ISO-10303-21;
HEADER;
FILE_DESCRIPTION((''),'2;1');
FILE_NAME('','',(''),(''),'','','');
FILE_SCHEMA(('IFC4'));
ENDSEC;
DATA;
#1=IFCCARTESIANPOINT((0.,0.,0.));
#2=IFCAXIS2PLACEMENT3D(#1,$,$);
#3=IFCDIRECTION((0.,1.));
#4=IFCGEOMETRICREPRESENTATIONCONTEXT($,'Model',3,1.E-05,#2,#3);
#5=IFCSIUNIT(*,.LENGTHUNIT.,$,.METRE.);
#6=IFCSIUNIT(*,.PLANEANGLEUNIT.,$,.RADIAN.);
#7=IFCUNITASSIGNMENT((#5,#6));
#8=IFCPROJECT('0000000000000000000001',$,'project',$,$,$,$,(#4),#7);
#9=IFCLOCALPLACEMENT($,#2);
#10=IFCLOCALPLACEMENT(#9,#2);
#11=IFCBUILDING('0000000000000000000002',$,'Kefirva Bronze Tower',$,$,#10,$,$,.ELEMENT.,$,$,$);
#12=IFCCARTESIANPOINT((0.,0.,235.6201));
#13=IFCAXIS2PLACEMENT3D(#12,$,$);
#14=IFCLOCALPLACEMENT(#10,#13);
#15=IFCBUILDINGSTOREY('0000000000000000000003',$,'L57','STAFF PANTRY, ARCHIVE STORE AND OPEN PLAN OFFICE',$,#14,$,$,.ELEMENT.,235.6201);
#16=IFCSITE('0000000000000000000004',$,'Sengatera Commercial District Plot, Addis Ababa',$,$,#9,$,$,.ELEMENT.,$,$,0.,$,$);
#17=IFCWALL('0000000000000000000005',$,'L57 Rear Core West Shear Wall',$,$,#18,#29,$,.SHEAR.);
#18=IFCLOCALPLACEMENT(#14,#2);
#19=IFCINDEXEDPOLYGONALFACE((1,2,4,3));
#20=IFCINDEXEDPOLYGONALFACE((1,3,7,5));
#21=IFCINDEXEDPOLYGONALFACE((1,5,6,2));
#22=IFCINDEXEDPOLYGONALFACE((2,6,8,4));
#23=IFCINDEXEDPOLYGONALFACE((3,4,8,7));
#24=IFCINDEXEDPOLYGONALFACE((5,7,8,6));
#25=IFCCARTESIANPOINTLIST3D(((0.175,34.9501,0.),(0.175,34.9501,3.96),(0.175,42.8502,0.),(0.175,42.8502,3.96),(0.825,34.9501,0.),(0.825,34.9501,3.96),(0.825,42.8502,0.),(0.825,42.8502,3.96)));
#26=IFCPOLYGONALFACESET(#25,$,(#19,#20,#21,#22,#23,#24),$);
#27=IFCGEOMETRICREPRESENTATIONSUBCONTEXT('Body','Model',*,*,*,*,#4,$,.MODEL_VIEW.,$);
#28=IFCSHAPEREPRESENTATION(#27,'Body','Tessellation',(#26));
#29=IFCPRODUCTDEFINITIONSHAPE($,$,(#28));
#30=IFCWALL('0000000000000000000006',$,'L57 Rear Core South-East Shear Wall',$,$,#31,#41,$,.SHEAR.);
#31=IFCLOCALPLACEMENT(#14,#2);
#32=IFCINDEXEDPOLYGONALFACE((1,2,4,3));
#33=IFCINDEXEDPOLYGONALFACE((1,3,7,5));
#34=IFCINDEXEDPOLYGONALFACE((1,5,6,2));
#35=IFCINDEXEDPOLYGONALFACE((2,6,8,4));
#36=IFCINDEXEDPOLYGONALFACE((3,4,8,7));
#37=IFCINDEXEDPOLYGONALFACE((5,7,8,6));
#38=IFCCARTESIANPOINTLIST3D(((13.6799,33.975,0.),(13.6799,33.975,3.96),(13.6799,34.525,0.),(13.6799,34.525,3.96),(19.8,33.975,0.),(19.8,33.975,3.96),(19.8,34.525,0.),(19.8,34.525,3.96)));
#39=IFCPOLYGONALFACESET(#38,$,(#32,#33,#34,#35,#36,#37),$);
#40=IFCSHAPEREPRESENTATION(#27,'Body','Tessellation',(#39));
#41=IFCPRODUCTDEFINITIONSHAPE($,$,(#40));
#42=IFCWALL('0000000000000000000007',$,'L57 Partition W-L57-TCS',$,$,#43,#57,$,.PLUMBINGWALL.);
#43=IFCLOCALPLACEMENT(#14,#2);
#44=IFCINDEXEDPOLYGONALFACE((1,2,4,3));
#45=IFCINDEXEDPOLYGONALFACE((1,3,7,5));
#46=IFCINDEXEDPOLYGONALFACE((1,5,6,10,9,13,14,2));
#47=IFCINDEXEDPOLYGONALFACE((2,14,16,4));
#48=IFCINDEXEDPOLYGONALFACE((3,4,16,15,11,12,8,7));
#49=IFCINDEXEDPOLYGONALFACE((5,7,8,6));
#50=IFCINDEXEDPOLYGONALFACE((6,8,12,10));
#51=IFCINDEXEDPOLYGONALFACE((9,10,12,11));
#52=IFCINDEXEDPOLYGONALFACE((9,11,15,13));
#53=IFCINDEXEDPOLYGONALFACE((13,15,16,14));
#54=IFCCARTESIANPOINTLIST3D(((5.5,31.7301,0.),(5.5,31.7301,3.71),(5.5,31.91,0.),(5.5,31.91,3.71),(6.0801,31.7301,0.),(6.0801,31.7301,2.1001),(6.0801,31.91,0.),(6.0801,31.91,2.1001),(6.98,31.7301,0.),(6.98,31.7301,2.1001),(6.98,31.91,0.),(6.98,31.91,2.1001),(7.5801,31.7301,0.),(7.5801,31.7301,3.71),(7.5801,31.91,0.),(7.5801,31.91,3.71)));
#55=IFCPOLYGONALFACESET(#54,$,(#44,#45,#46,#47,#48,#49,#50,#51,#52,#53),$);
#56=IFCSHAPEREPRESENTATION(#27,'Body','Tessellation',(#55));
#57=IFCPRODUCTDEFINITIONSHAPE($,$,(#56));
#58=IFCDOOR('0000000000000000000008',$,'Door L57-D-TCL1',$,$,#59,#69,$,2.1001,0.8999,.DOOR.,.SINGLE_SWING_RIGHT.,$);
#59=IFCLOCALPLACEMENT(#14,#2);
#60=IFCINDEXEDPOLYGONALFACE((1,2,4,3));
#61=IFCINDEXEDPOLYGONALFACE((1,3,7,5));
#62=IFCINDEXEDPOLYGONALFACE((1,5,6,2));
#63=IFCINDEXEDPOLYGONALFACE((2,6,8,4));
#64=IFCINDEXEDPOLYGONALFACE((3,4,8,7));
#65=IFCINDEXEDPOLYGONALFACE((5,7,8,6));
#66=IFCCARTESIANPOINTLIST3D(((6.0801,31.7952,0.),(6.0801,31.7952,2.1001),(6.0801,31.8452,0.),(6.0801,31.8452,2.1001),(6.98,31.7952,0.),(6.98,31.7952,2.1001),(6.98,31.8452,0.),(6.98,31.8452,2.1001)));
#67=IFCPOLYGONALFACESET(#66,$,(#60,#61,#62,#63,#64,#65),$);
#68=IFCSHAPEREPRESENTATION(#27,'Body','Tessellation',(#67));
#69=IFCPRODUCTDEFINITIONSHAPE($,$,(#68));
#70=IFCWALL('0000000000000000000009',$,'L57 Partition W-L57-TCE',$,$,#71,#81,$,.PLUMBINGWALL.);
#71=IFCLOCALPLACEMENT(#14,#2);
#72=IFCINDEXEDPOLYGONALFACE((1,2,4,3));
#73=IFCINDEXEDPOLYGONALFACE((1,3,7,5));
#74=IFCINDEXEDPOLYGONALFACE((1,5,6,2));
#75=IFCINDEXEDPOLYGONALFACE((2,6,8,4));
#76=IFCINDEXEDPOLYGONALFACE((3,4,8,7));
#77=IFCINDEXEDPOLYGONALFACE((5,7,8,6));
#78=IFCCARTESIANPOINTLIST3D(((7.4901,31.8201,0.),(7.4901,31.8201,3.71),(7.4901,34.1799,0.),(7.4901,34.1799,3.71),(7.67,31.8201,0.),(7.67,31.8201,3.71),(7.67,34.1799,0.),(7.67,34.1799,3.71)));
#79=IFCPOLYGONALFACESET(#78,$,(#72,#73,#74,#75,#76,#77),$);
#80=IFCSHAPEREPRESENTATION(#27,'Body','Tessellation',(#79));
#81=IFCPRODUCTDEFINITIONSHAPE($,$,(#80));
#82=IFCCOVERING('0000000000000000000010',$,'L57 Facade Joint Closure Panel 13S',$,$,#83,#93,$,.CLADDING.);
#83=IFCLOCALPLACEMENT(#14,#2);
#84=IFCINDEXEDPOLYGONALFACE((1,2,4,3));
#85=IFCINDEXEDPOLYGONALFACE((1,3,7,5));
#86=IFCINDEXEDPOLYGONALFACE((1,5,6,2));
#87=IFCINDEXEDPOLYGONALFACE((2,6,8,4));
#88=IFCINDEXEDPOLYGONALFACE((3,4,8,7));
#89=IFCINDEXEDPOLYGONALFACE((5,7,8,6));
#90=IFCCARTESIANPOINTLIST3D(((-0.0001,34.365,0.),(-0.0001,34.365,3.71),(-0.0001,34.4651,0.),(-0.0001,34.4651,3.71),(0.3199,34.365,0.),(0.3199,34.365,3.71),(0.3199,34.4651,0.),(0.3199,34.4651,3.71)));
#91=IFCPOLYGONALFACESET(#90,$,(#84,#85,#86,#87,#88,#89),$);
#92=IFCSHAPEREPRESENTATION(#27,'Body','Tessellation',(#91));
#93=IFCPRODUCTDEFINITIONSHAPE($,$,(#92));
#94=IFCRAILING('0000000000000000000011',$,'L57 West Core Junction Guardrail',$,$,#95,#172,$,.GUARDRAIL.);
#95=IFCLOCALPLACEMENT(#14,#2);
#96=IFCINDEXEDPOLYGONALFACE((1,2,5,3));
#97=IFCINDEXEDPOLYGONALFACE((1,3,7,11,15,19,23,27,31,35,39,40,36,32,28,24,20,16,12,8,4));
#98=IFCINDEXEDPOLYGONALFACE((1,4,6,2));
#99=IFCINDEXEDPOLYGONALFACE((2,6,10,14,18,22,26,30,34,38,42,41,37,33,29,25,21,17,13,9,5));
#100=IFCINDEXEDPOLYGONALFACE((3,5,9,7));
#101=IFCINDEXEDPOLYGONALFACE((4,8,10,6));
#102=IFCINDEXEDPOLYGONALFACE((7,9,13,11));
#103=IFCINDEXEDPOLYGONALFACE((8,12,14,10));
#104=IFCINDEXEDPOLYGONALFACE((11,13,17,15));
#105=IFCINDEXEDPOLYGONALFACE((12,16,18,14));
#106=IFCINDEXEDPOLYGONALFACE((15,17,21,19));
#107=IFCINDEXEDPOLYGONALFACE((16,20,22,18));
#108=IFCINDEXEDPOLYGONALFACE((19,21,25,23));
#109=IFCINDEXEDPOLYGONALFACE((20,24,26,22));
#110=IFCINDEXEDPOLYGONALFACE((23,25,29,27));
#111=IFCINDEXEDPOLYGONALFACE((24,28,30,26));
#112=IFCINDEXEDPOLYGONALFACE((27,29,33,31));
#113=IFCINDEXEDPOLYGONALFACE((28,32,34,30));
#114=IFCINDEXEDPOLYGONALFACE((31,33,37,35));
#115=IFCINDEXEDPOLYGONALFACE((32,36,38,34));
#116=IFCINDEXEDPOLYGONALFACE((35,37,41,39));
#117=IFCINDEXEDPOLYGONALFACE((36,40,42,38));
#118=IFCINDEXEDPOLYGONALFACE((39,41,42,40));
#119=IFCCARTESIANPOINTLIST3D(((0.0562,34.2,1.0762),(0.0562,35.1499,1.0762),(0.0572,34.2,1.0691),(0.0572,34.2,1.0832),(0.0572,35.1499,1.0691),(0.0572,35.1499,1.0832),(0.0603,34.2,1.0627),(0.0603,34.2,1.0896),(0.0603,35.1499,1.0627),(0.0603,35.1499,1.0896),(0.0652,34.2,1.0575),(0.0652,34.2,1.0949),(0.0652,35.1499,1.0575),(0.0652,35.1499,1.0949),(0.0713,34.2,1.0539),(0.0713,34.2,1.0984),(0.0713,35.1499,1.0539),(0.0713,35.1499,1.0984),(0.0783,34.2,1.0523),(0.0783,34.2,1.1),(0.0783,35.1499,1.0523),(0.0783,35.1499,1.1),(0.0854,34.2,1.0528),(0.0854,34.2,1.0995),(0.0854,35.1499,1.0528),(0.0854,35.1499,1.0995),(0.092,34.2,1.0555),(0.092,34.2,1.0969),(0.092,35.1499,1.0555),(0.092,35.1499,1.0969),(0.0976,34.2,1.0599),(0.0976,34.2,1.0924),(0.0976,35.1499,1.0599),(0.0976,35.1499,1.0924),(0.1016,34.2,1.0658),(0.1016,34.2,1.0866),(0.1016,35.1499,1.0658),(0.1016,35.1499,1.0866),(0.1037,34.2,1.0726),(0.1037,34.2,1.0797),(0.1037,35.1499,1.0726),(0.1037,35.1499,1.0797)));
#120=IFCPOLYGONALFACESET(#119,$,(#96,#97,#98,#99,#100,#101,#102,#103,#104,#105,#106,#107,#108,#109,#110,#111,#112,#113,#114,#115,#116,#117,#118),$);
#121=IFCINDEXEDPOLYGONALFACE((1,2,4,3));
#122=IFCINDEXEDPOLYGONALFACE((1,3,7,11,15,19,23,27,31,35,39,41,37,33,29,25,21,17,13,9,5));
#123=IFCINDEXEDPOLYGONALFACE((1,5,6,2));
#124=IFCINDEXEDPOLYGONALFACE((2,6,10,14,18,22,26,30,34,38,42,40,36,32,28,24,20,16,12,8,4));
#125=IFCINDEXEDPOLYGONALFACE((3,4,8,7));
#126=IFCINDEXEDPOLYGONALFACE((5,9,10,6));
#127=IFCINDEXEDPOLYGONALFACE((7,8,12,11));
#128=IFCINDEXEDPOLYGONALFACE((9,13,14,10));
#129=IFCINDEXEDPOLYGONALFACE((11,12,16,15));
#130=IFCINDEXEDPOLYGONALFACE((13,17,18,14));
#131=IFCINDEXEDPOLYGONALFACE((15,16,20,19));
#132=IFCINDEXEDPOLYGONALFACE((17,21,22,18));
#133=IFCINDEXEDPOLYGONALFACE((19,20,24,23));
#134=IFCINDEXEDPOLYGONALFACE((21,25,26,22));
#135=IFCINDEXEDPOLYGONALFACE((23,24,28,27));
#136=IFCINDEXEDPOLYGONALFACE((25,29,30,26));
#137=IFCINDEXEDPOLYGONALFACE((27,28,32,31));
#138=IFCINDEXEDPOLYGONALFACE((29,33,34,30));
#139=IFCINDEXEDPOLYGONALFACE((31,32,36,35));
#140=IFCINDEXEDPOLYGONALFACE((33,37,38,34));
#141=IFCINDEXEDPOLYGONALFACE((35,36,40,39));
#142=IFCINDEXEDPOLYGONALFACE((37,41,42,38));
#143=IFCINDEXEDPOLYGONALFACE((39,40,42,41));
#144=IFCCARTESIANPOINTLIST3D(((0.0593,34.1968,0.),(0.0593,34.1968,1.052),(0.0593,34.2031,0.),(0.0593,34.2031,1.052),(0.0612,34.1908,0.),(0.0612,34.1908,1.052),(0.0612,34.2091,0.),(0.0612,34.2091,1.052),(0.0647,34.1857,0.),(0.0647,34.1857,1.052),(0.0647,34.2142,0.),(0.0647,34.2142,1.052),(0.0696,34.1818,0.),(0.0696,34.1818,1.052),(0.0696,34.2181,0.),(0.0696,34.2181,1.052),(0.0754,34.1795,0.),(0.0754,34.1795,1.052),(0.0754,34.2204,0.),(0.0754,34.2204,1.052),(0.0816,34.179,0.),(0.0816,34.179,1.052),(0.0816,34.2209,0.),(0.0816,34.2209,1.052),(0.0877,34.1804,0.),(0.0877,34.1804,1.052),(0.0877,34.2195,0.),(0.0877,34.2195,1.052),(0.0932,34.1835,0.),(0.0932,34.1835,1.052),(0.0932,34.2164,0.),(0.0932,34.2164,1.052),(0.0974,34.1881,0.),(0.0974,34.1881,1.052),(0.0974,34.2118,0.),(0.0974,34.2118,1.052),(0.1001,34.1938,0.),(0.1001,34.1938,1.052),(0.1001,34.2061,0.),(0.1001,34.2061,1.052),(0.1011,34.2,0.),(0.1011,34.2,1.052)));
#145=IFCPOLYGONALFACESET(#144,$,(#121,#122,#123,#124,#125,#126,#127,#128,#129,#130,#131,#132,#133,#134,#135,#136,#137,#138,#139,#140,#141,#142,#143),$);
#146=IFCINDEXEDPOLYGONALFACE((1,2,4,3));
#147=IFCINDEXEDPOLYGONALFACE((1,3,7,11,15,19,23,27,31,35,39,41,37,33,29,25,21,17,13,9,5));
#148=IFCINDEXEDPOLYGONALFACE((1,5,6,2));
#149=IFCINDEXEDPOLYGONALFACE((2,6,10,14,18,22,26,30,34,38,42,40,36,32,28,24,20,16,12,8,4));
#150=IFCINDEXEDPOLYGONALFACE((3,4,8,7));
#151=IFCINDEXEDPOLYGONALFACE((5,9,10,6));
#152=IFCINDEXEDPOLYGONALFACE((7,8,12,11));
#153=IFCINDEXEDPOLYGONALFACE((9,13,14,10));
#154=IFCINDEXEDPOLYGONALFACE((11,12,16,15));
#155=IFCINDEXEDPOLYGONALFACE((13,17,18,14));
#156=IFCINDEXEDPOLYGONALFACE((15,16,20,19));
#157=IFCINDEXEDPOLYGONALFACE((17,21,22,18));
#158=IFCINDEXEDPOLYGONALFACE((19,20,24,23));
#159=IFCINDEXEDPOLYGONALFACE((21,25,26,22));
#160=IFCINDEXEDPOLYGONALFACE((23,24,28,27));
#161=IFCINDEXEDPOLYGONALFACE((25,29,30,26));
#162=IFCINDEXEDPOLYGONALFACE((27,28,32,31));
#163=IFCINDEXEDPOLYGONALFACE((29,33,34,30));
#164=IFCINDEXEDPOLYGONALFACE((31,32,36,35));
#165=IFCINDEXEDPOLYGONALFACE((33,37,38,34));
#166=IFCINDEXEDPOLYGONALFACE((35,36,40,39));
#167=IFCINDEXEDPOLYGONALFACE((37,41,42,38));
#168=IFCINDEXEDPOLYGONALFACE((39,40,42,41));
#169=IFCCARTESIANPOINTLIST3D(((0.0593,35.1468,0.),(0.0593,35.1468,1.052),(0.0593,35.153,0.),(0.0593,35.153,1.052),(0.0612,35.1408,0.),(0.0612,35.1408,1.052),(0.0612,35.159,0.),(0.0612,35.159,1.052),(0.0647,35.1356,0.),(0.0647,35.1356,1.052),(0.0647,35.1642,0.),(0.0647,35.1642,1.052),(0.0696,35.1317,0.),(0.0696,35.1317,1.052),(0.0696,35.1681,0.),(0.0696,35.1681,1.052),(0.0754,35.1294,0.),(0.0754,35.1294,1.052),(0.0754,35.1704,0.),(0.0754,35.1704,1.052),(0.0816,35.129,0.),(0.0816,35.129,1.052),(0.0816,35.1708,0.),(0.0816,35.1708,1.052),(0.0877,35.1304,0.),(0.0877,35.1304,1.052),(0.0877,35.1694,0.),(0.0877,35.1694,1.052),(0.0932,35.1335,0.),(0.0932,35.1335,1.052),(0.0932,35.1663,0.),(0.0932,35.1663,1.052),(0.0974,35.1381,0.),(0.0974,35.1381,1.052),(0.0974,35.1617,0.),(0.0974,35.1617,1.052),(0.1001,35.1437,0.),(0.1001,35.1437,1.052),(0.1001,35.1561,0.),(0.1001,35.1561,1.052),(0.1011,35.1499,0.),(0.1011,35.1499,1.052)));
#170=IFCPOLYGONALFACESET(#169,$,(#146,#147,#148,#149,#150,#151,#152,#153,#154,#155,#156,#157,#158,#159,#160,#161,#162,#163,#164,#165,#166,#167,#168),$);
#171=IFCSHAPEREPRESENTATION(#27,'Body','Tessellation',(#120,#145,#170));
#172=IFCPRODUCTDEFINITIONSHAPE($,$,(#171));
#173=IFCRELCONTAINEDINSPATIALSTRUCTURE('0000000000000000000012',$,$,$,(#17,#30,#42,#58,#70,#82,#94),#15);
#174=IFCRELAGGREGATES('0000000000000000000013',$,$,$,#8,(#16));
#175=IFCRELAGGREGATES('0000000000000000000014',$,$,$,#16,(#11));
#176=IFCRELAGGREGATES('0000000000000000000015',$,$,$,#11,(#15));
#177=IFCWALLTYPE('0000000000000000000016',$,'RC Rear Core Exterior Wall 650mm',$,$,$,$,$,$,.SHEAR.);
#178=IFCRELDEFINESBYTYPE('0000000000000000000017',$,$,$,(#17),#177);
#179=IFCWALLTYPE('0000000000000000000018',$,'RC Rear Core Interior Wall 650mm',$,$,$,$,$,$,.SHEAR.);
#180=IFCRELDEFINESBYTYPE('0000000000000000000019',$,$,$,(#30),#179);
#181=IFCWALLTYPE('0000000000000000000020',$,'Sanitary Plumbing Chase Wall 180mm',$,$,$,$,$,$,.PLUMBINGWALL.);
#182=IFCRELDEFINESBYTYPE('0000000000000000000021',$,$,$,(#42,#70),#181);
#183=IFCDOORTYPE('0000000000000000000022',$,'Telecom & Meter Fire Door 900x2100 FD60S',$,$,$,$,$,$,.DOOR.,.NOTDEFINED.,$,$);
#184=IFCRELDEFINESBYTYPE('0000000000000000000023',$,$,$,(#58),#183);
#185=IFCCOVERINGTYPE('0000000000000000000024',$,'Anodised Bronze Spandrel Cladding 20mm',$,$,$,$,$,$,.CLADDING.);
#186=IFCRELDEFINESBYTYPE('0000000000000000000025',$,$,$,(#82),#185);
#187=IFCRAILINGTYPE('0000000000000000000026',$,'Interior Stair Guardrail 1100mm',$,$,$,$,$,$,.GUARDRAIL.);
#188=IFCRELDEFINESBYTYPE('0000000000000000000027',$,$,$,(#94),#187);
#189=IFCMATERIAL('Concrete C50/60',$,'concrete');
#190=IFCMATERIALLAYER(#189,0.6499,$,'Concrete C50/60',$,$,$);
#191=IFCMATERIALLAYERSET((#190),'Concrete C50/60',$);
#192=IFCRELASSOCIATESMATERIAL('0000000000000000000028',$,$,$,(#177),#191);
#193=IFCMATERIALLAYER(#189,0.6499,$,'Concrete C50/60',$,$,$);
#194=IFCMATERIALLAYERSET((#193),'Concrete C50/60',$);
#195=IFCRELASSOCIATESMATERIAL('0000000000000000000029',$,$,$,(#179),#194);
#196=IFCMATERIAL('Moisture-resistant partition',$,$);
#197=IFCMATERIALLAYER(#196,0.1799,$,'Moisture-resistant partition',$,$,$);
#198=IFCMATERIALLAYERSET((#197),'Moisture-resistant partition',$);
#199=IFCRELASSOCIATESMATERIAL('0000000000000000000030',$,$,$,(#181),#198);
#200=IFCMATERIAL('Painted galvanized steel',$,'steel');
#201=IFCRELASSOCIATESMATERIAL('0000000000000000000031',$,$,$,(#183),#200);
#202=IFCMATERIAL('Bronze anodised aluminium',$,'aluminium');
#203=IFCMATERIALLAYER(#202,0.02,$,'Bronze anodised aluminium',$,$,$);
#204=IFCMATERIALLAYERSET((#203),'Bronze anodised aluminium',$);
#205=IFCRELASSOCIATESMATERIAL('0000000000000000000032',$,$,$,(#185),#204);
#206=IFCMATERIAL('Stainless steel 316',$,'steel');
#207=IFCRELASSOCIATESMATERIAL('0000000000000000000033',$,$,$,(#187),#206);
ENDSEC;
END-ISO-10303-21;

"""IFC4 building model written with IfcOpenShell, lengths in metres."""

from ifc_helpers import new_model, si_unit, direction, frame, frame_2d, origin, origin_2d, place, context, subcontext, project, spatial, rectangle, circle, extrude, material, layer, layer_set, type_object, element, fill, save


model = new_model("IFC4")

# Units and contexts
model_context = context("Model", 3, precision=1e-05, world=origin(), true_north=direction((0.0, 1.0)))
body_context = subcontext(model_context, "Body", "Model", "MODEL_VIEW")
ifc_project = project(units=[si_unit("LENGTHUNIT", "METRE"), si_unit("PLANEANGLEUNIT", "RADIAN")], contexts=[model_context])

# Site, building, storey
site_placement = place(None, origin())
site = spatial("IfcSite", under=ifc_project, at=site_placement, Name="Sengatera Commercial District Plot, Addis Ababa", CompositionType="ELEMENT", RefElevation=0.0)
building_placement = place(site_placement, origin())
building = spatial("IfcBuilding", under=site, at=building_placement, Name="Kefirva Bronze Tower", CompositionType="ELEMENT")
storey_placement = place(building_placement, frame((0.0, 0.0, 235.6201)))
storey = spatial("IfcBuildingStorey", under=building, at=storey_placement, Name="L57", Description="STAFF PANTRY, ARCHIVE STORE AND OPEN PLAN OFFICE", CompositionType="ELEMENT", Elevation=235.6201)

# Shared definitions
ifc_material_1 = material(Name="Concrete C50/60", Category="concrete")

# Wall
ifc_layer_1 = layer(ifc_material_1, 0.6499, Name="Concrete C50/60")
ifc_layer_set_1 = layer_set([ifc_layer_1], Name="Concrete C50/60")
wall_type_1 = type_object("IfcWallType", Name="RC Rear Core Exterior Wall 650mm", PredefinedType="SHEAR", material=ifc_layer_set_1)
wall_1_placement = place(storey_placement, frame((0.5, 34.95, 0.0), z_axis=(0.0, 0.0, 1.0), x_axis=(0.0, 1.0, 0.0)))
element("IfcWall", 1, at=wall_1_placement, inside=storey, type_object=wall_type_1, Name="L57 Rear Core West Shear Wall", PredefinedType="SHEAR", context=body_context, shape_type="SweptSolid", body=[
    extrude(rectangle(XDim=7.9001, YDim=0.6499, at=frame_2d((3.9502, 0.0))), origin(), (0.0, 0.0, 1.0), 3.96),
])

# Shared definitions
ifc_layer_2 = layer(ifc_material_1, 0.6499, Name="Concrete C50/60")
ifc_layer_set_2 = layer_set([ifc_layer_2], Name="Concrete C50/60")
wall_type_2 = type_object("IfcWallType", Name="RC Rear Core Interior Wall 650mm", PredefinedType="SHEAR", material=ifc_layer_set_2)
ifc_material_2 = material(Name="Painted galvanized steel", Category="steel")

# Wall
wall_2_placement = place(storey_placement, frame((13.6799, 34.25, 0.0), z_axis=(0.0, 0.0, 1.0), x_axis=(1.0, 0.0, 0.0)))
element("IfcWall", 2, at=wall_2_placement, inside=storey, type_object=wall_type_2, Name="L57 Rear Core South-East Shear Wall", PredefinedType="SHEAR", context=body_context, shape_type="SweptSolid", body=[
    extrude(rectangle(XDim=6.1201, YDim=0.55, at=frame_2d((3.0601, 0.0))), origin(), (0.0, 0.0, 1.0), 3.96),
])

# Wall, opening, door
ifc_material_3 = material(Name="Moisture-resistant partition")
ifc_layer_3 = layer(ifc_material_3, 0.1799, Name="Moisture-resistant partition")
ifc_layer_set_3 = layer_set([ifc_layer_3], Name="Moisture-resistant partition")
wall_type_3 = type_object("IfcWallType", Name="Sanitary Plumbing Chase Wall 180mm", PredefinedType="PLUMBINGWALL", material=ifc_layer_set_3)
wall_3_placement = place(storey_placement, frame((5.5, 31.8201, 0.0), z_axis=(0.0, 0.0, 1.0), x_axis=(1.0, 0.0, 0.0)))
wall_3 = element("IfcWall", 3, at=wall_3_placement, inside=storey, type_object=wall_type_3, Name="L57 Partition W-L57-TCS", PredefinedType="PLUMBINGWALL", context=body_context, shape_type="SweptSolid", body=[
    extrude(rectangle(XDim=2.0801, YDim=0.1799, at=frame_2d((1.04, 0.0))), origin(), (0.0, 0.0, 1.0), 3.71),
])
opening_1_placement = place(wall_3_placement, frame((1.48, 0.0, 0.0), z_axis=(0.0, 0.0, 1.0), x_axis=(-1.0, 0.0, 0.0)))
opening_1 = element("IfcOpeningElement", 4, at=opening_1_placement, cuts=wall_3, PredefinedType="OPENING", context=body_context, shape_type="SweptSolid", body=[
    extrude(rectangle(XDim=0.8999, YDim=2.1001, at=frame_2d((0.45, 1.05))), frame((0.0, 0.1001, 0.0), z_axis=(0.0, -1.0, 0.0), x_axis=(1.0, 0.0, 0.0)), (0.0, 0.0, 1.0), 0.2),
])
door_type_1 = type_object("IfcDoorType", Name="Telecom & Meter Fire Door 900x2100 FD60S", OperationType="NOTDEFINED", PredefinedType="DOOR", material=ifc_material_2)
door_1_placement = place(opening_1_placement, origin())
door_1 = element("IfcDoor", 5, at=door_1_placement, inside=storey, type_object=door_type_1, Name="Door L57-D-TCL1", OperationType="SINGLE_SWING_RIGHT", OverallHeight=2.1001, OverallWidth=0.8999, PredefinedType="DOOR", context=body_context, shape_type="SweptSolid", body=[
    extrude(rectangle(XDim=0.8999, YDim=2.1001, at=frame_2d((0.45, 1.05))), frame((0.0, 0.0249, 0.0), z_axis=(0.0, -1.0, 0.0), x_axis=(1.0, 0.0, 0.0)), (0.0, 0.0, 1.0), 0.05),
])
fill(opening_1, door_1)

# Wall
wall_4_placement = place(storey_placement, frame((7.5801, 31.8201, 0.0), z_axis=(0.0, 0.0, 1.0), x_axis=(0.0, 1.0, 0.0)))
element("IfcWall", 6, at=wall_4_placement, inside=storey, type_object=wall_type_3, Name="L57 Partition W-L57-TCE", PredefinedType="PLUMBINGWALL", context=body_context, shape_type="SweptSolid", body=[
    extrude(rectangle(XDim=2.3599, YDim=0.1799, at=frame_2d((1.1799, 0.0))), origin(), (0.0, 0.0, 1.0), 3.71),
])

# Covering
ifc_material_4 = material(Name="Bronze anodised aluminium", Category="aluminium")
ifc_layer_4 = layer(ifc_material_4, 0.02, Name="Bronze anodised aluminium")
ifc_layer_set_4 = layer_set([ifc_layer_4], Name="Bronze anodised aluminium")
covering_type = type_object("IfcCoveringType", Name="Anodised Bronze Spandrel Cladding 20mm", PredefinedType="CLADDING", material=ifc_layer_set_4)
covering_placement = place(storey_placement, frame((0.1599, 34.415, 0.0), z_axis=(0.0, 0.0, 1.0), x_axis=(0.0, -1.0, 0.0)))
element("IfcCovering", 7, at=covering_placement, inside=storey, type_object=covering_type, Name="L57 Facade Joint Closure Panel 13S", PredefinedType="CLADDING", context=body_context, shape_type="SweptSolid", body=[
    extrude(rectangle(XDim=0.1001, YDim=0.3201, at=origin_2d()), origin(), (0.0, 0.0, 1.0), 3.71),
])

# Railing
ifc_material_5 = material(Name="Stainless steel 316", Category="steel")
railing_type = type_object("IfcRailingType", Name="Interior Stair Guardrail 1100mm", PredefinedType="GUARDRAIL", material=ifc_material_5)
railing_placement = place(storey_placement, frame((0.0801, 34.2, 0.0)))
element("IfcRailing", 8, at=railing_placement, inside=storey, type_object=railing_type, Name="L57 West Core Junction Guardrail", PredefinedType="GUARDRAIL", context=body_context, shape_type="SweptSolid", body=[
    extrude(circle(Radius=0.0239, at=origin_2d()), frame((0.0, 0.0, 1.0762), z_axis=(0.0, 1.0, 0.0), x_axis=(-1.0, 0.0, 0.0)), (0.0, 0.0, 1.0), 0.95),
    extrude(circle(Radius=0.021, at=origin_2d()), origin(), (0.0, 0.0, 1.0), 1.052),
    extrude(circle(Radius=0.021, at=origin_2d()), frame((0.0, 0.95, 0.0)), (0.0, 0.0, 1.0), 1.052),
])

save(model, "model.ifc")
